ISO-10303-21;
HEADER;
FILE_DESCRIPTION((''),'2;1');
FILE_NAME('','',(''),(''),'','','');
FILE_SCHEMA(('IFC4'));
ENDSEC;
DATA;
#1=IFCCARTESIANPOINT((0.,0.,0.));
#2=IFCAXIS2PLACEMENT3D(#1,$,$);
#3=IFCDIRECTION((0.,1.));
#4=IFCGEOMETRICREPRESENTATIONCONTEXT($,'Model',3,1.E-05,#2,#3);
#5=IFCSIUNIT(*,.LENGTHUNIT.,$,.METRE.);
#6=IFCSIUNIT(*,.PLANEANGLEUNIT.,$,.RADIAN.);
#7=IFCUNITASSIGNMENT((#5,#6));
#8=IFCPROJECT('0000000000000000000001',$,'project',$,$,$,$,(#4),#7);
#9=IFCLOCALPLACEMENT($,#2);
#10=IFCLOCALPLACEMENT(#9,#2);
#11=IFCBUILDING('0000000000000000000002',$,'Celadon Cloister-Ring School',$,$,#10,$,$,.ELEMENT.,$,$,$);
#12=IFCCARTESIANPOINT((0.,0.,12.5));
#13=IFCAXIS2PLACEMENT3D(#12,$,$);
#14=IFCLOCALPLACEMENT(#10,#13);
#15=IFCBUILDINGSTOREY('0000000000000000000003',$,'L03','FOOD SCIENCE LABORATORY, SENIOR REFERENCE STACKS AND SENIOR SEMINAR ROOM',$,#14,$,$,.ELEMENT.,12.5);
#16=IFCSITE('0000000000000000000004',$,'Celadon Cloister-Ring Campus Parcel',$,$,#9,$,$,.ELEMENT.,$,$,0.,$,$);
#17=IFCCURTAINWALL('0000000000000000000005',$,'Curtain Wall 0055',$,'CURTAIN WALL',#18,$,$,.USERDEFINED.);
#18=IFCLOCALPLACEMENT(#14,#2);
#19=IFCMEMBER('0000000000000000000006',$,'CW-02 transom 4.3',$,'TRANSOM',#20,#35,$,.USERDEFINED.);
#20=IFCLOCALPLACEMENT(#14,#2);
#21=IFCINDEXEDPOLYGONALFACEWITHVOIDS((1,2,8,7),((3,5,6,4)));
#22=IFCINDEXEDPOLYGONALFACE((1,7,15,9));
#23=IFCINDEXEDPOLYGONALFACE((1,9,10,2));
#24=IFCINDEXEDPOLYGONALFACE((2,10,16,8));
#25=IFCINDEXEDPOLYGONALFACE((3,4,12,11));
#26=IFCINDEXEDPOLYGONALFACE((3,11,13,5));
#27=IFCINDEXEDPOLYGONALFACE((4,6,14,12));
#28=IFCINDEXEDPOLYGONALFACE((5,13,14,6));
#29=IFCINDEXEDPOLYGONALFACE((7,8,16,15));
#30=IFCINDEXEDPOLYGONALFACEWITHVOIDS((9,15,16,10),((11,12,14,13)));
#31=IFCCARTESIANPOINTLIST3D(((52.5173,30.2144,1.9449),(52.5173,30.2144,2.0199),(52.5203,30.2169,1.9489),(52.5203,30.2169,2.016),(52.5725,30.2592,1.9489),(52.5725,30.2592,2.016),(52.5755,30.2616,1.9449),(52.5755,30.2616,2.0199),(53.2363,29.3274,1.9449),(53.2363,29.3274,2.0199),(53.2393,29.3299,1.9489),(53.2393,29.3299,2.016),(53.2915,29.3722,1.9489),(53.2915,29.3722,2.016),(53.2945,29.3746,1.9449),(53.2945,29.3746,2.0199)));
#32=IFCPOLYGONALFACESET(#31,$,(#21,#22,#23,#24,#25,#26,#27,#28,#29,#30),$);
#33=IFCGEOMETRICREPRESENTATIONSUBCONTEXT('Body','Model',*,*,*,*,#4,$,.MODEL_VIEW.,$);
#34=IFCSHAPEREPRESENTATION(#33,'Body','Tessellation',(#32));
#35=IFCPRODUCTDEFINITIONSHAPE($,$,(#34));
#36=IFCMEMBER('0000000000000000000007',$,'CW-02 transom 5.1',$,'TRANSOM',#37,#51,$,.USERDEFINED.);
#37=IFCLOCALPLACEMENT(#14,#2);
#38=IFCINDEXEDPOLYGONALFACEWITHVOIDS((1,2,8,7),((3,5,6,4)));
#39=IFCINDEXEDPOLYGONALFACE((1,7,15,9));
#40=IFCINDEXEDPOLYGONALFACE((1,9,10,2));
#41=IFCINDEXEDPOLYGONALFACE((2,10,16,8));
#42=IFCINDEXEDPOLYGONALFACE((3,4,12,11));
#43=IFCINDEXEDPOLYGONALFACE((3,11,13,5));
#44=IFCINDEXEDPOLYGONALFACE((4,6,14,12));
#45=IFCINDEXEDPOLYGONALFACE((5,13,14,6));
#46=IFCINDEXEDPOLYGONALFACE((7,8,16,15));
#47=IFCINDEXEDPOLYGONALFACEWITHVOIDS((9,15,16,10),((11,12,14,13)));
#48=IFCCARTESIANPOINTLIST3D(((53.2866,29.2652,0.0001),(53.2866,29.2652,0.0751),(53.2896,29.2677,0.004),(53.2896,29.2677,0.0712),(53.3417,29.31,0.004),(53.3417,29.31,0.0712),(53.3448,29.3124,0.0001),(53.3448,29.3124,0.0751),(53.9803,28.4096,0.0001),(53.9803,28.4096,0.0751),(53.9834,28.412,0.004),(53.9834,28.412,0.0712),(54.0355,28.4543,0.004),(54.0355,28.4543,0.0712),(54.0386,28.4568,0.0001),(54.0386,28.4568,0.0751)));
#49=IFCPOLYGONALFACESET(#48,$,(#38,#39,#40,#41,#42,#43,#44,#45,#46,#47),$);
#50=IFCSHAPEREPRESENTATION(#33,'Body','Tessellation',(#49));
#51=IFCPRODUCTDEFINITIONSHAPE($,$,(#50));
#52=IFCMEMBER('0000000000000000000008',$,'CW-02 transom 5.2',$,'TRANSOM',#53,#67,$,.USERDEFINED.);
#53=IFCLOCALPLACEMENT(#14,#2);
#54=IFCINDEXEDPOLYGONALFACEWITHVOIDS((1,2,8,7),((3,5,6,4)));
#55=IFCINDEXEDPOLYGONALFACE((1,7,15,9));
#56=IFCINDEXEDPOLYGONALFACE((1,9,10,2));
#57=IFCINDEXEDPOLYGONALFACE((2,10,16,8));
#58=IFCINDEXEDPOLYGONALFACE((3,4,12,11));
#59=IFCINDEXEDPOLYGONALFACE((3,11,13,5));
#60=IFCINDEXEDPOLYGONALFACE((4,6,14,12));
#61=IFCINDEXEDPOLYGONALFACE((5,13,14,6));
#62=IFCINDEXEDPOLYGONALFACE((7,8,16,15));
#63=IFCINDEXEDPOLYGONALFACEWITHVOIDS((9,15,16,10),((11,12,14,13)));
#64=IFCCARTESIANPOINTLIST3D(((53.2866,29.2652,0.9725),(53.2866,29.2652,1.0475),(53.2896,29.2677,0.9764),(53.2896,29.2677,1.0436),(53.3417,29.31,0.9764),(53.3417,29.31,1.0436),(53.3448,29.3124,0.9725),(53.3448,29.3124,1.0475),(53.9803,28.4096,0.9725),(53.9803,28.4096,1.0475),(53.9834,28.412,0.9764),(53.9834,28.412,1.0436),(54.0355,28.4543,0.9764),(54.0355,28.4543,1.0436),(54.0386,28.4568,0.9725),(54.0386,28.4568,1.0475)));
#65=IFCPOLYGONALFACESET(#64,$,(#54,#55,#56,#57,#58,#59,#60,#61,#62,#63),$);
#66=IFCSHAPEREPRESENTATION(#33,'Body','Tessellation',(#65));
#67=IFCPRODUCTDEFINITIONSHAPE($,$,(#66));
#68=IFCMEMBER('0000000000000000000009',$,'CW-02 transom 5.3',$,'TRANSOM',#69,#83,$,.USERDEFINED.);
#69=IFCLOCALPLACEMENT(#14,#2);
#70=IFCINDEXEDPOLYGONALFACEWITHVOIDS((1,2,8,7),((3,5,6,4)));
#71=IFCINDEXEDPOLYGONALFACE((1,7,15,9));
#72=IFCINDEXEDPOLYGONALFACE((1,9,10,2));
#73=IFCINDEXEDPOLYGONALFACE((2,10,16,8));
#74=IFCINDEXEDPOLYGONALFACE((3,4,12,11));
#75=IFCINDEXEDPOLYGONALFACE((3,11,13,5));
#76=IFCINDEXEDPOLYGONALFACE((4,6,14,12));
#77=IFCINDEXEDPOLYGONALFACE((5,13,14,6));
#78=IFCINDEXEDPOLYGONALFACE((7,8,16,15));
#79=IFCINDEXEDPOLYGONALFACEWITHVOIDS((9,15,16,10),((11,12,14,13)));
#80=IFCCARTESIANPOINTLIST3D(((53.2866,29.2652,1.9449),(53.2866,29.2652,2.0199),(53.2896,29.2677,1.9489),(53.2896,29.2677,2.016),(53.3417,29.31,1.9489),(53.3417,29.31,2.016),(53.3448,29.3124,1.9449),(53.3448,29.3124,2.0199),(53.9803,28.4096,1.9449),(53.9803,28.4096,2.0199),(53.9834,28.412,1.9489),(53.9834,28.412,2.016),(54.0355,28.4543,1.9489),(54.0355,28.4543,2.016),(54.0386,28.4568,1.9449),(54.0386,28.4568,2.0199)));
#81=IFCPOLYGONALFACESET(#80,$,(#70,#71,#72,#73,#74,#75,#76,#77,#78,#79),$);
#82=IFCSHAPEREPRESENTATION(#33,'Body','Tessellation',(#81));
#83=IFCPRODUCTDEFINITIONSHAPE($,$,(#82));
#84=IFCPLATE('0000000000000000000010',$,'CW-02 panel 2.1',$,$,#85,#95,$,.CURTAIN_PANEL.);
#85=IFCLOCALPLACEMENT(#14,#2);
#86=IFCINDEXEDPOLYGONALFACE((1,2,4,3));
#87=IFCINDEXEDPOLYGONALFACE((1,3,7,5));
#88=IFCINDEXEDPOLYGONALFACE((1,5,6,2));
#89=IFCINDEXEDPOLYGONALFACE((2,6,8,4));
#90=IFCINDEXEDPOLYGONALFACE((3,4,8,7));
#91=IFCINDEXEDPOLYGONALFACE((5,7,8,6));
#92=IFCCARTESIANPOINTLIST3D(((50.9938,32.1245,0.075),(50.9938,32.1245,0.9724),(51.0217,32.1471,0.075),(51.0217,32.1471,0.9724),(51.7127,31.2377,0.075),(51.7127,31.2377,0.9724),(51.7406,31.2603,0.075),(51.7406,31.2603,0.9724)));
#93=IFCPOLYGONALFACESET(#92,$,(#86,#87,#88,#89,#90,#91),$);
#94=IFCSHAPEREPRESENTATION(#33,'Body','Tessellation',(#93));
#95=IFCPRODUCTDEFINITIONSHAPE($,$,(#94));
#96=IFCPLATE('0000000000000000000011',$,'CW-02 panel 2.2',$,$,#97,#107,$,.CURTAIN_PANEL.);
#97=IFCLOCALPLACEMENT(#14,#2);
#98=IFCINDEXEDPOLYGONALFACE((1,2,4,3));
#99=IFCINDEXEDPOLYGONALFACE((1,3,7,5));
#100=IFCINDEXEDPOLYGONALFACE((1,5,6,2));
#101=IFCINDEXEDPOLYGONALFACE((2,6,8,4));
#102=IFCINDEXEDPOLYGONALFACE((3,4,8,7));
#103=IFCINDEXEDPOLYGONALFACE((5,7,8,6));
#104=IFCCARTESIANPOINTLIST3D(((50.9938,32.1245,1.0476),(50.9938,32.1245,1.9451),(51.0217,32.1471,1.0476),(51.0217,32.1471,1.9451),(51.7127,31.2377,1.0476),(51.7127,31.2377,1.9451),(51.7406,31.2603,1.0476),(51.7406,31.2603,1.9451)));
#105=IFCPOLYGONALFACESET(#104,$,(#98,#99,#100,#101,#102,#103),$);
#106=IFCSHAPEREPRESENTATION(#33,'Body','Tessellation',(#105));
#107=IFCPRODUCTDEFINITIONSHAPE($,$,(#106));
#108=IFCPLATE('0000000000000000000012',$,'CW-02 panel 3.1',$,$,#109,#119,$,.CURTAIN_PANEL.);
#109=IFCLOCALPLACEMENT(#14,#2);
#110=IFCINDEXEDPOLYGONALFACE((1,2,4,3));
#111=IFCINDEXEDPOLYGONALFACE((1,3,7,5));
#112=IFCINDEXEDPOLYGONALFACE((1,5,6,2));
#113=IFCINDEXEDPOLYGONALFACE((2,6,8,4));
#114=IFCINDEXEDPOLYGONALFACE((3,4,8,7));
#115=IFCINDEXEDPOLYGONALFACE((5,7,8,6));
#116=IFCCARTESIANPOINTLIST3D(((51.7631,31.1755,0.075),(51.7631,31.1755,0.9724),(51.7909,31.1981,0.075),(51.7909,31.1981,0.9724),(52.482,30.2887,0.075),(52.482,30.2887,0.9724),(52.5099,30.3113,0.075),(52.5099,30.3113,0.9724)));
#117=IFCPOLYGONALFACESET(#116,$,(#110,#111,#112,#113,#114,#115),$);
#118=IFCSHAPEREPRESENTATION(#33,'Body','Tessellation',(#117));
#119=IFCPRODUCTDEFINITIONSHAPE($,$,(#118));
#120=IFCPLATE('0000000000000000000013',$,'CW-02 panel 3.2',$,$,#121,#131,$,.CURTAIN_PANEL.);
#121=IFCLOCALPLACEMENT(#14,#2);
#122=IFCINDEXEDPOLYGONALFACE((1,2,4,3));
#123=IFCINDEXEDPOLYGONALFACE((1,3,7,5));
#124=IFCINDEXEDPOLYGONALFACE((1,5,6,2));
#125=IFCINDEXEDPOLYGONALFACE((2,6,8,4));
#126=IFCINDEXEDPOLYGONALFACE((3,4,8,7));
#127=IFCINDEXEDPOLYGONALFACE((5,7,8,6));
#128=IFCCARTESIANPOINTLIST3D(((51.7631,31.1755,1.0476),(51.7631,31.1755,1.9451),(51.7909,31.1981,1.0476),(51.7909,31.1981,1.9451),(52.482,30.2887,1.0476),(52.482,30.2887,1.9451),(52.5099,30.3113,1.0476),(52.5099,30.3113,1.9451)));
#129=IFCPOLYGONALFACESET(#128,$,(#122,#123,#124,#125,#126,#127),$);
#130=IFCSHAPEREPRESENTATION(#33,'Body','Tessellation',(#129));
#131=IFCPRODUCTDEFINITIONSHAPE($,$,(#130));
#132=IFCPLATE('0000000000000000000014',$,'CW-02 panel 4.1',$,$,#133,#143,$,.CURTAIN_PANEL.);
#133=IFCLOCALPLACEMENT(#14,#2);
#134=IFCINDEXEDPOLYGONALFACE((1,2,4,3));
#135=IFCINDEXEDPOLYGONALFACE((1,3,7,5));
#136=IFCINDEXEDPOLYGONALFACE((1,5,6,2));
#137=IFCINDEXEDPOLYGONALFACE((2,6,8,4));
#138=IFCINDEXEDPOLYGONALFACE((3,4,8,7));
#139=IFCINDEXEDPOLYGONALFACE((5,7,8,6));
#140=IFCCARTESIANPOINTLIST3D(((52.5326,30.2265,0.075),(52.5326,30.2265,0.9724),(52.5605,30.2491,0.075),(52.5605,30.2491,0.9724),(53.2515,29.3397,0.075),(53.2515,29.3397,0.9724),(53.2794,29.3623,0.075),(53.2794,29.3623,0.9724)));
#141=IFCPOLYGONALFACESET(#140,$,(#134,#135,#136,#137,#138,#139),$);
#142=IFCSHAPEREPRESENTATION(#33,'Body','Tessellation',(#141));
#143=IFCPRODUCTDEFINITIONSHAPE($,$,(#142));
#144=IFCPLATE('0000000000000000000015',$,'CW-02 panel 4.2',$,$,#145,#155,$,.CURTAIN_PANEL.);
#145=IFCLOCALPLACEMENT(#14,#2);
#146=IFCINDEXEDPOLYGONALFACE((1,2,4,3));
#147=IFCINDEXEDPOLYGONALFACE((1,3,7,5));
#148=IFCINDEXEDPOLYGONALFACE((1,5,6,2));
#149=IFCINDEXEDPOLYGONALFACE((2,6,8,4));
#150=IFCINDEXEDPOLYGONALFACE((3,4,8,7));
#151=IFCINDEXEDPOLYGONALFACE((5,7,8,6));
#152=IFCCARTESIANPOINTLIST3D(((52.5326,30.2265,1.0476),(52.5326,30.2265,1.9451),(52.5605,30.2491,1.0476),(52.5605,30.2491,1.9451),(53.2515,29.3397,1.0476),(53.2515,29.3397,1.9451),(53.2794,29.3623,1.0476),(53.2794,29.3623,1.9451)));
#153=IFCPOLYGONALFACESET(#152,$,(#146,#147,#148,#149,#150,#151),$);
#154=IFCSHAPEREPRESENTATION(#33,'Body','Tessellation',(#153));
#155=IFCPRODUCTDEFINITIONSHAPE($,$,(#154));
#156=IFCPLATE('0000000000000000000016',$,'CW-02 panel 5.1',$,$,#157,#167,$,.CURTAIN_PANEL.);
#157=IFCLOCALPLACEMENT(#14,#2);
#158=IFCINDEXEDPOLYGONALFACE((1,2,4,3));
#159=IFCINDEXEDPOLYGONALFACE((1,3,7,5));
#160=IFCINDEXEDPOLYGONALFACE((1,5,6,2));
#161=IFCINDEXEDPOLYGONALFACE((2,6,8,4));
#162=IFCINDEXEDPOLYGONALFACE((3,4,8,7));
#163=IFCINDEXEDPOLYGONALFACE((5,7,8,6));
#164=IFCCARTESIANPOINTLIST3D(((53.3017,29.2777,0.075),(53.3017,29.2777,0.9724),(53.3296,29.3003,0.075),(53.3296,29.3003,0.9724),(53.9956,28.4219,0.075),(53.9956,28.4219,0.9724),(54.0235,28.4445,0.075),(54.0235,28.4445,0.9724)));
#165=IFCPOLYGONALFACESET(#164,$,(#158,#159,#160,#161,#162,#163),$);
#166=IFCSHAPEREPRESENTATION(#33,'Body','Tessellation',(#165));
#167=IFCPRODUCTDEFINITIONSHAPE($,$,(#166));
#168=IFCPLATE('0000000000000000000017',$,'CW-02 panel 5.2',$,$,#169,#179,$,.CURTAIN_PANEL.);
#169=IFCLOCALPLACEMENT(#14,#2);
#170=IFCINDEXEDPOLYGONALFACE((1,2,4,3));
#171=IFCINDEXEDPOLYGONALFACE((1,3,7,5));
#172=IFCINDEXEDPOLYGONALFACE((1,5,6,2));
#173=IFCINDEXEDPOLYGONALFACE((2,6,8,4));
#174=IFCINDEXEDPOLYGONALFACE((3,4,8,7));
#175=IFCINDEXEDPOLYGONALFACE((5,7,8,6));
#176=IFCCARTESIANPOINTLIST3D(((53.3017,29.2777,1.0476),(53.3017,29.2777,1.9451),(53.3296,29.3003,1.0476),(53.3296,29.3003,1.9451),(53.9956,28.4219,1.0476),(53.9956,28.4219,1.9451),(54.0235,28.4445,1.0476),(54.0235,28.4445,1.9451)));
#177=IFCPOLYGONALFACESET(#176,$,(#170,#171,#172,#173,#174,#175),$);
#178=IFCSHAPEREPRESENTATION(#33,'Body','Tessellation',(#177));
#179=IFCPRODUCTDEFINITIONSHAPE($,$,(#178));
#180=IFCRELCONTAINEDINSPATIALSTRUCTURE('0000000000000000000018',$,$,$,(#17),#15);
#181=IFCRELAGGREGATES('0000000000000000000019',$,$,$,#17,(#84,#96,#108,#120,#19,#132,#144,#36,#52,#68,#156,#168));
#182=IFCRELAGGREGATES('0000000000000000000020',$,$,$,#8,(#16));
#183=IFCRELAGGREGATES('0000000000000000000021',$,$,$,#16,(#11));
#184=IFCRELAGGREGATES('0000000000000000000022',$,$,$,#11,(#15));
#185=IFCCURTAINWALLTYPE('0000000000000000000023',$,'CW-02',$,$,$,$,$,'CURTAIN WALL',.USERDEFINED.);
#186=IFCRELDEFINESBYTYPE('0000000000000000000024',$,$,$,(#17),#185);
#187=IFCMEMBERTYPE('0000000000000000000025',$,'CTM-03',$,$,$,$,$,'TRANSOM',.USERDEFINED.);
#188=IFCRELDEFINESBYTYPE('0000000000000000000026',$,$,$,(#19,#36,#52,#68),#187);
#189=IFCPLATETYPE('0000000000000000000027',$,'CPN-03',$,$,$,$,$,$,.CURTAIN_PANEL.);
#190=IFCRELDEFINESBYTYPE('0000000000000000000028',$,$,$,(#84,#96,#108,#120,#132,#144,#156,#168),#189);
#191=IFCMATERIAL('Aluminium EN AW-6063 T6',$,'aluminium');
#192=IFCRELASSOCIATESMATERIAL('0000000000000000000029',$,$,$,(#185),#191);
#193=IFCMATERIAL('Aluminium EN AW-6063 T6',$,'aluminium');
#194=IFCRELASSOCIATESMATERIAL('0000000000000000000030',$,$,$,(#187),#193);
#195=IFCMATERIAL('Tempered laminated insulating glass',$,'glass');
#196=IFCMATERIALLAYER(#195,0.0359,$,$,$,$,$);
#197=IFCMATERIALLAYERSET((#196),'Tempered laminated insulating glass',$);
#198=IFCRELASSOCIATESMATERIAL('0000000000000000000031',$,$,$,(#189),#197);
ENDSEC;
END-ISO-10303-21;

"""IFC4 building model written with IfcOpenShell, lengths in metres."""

from ifc_helpers import new_model, si_unit, direction, frame, origin, origin_2d, place, context, subcontext, project, spatial, rectangle, hollow_rectangle, extrude, material, layer, layer_set, material_profile, profile_set, type_object, element, aggregate, save


model = new_model("IFC4")

# Units and contexts
model_context = context("Model", 3, precision=1e-05, world=origin(), true_north=direction((0.0, 1.0)))
body_context = subcontext(model_context, "Body", "Model", "MODEL_VIEW")
ifc_project = project(units=[si_unit("LENGTHUNIT", "METRE"), si_unit("PLANEANGLEUNIT", "RADIAN")], contexts=[model_context])

# Site, building, storey
site_placement = place(None, origin())
site = spatial("IfcSite", under=ifc_project, at=site_placement, Name="Celadon Cloister-Ring Campus Parcel", CompositionType="ELEMENT", RefElevation=0.0)
building_placement = place(site_placement, origin())
building = spatial("IfcBuilding", under=site, at=building_placement, Name="Celadon Cloister-Ring School", CompositionType="ELEMENT")
storey_placement = place(building_placement, frame((0.0, 0.0, 12.5)))
storey = spatial("IfcBuildingStorey", under=building, at=storey_placement, Name="L03", Description="FOOD SCIENCE LABORATORY, SENIOR REFERENCE STACKS AND SENIOR SEMINAR ROOM", CompositionType="ELEMENT", Elevation=12.5)

# Curtain wall, members, plates
ifc_material_1 = material(Name="Aluminium EN AW-6063 T6", Category="aluminium")
curtain_wall_type = type_object("IfcCurtainWallType", Name="CW-02", ElementType="CURTAIN WALL", PredefinedType="USERDEFINED", material=ifc_material_1)
curtain_wall_placement = place(storey_placement, origin())
curtain_wall = element("IfcCurtainWall", 1, at=curtain_wall_placement, inside=storey, type_object=curtain_wall_type, Name="Curtain Wall 0055", ObjectType="CURTAIN WALL", PredefinedType="USERDEFINED")
ifc_material_2 = material(Name="Aluminium EN AW-6063 T6", Category="aluminium")
ifc_material_profile_1 = material_profile(ifc_material_2, hollow_rectangle(XDim=0.075, YDim=0.075, WallThickness=0.0039, at=origin_2d()), Name="RHS75X75X4")
ifc_profile_set_1 = profile_set([ifc_material_profile_1], Name="Aluminium EN AW-6063 T6")
member_type_1 = type_object("IfcMemberType", Name="CTM-03", ElementType="TRANSOM", PredefinedType="USERDEFINED", material=ifc_profile_set_1)
member_1_placement = place(storey_placement, frame((52.5464, 30.238, 1.9824), z_axis=(0.629715, -0.776826, 0.0), x_axis=(0.776826, 0.629715, 0.0)))
member_1 = element("IfcMember", 2, at=member_1_placement, type_object=member_type_1, Name="CW-02 transom 4.3", ObjectType="TRANSOM", PredefinedType="USERDEFINED", context=body_context, shape_type="SweptSolid", body=[
    extrude(hollow_rectangle(XDim=0.075, YDim=0.075, WallThickness=0.0039, at=origin_2d()), origin(), (0.0, 0.0, 1.0), 1.1418),
])
member_2_placement = place(storey_placement, frame((53.3157, 29.2888, 0.0376), z_axis=(0.629816, -0.776744, 0.0), x_axis=(0.776744, 0.629816, 0.0)))
member_2 = element("IfcMember", 3, at=member_2_placement, type_object=member_type_1, Name="CW-02 transom 5.1", ObjectType="TRANSOM", PredefinedType="USERDEFINED", context=body_context, shape_type="SweptSolid", body=[
    extrude(hollow_rectangle(XDim=0.075, YDim=0.075, WallThickness=0.0039, at=origin_2d()), origin(), (0.0, 0.0, 1.0), 1.1016),
])
member_3_placement = place(storey_placement, frame((53.3157, 29.2888, 1.01), z_axis=(0.629816, -0.776744, 0.0), x_axis=(0.776744, 0.629816, 0.0)))
member_3 = element("IfcMember", 4, at=member_3_placement, type_object=member_type_1, Name="CW-02 transom 5.2", ObjectType="TRANSOM", PredefinedType="USERDEFINED", context=body_context, shape_type="SweptSolid", body=[
    extrude(hollow_rectangle(XDim=0.075, YDim=0.075, WallThickness=0.0039, at=origin_2d()), origin(), (0.0, 0.0, 1.0), 1.1016),
])
member_4_placement = place(storey_placement, frame((53.3157, 29.2888, 1.9824), z_axis=(0.629816, -0.776744, 0.0), x_axis=(0.776744, 0.629816, 0.0)))
member_4 = element("IfcMember", 5, at=member_4_placement, type_object=member_type_1, Name="CW-02 transom 5.3", ObjectType="TRANSOM", PredefinedType="USERDEFINED", context=body_context, shape_type="SweptSolid", body=[
    extrude(hollow_rectangle(XDim=0.075, YDim=0.075, WallThickness=0.0039, at=origin_2d()), origin(), (0.0, 0.0, 1.0), 1.1016),
])
ifc_material_3 = material(Name="Tempered laminated insulating glass", Category="glass")
ifc_layer_1 = layer(ifc_material_3, 0.0359)
ifc_layer_set_1 = layer_set([ifc_layer_1], Name="Tempered laminated insulating glass")
plate_type = type_object("IfcPlateType", Name="CPN-03", PredefinedType="CURTAIN_PANEL", material=ifc_layer_set_1)
plate_1_placement = place(storey_placement, frame((51.3672, 31.6924, 0.075), z_axis=(0.0, 0.0, 1.0), x_axis=(0.629773, -0.77678, 0.0)))
plate_1 = element("IfcPlate", 6, at=plate_1_placement, type_object=plate_type, Name="CW-02 panel 2.1", PredefinedType="CURTAIN_PANEL", context=body_context, shape_type="SweptSolid", body=[
    extrude(rectangle(XDim=1.1416, YDim=0.0359, at=origin_2d()), origin(), (0.0, 0.0, 1.0), 0.8975),
])
plate_2_placement = place(storey_placement, frame((51.3672, 31.6924, 1.0476), z_axis=(0.0, 0.0, 1.0), x_axis=(0.629773, -0.77678, 0.0)))
plate_2 = element("IfcPlate", 7, at=plate_2_placement, type_object=plate_type, Name="CW-02 panel 2.2", PredefinedType="CURTAIN_PANEL", context=body_context, shape_type="SweptSolid", body=[
    extrude(rectangle(XDim=1.1416, YDim=0.0359, at=origin_2d()), origin(), (0.0, 0.0, 1.0), 0.8975),
])
plate_3_placement = place(storey_placement, frame((52.1365, 30.7434, 0.075), z_axis=(0.0, 0.0, 1.0), x_axis=(0.629773, -0.77678, 0.0)))
plate_3 = element("IfcPlate", 8, at=plate_3_placement, type_object=plate_type, Name="CW-02 panel 3.1", PredefinedType="CURTAIN_PANEL", context=body_context, shape_type="SweptSolid", body=[
    extrude(rectangle(XDim=1.1416, YDim=0.0359, at=origin_2d()), origin(), (0.0, 0.0, 1.0), 0.8975),
])
plate_4_placement = place(storey_placement, frame((52.1365, 30.7434, 1.0476), z_axis=(0.0, 0.0, 1.0), x_axis=(0.629773, -0.77678, 0.0)))
plate_4 = element("IfcPlate", 9, at=plate_4_placement, type_object=plate_type, Name="CW-02 panel 3.2", PredefinedType="CURTAIN_PANEL", context=body_context, shape_type="SweptSolid", body=[
    extrude(rectangle(XDim=1.1416, YDim=0.0359, at=origin_2d()), origin(), (0.0, 0.0, 1.0), 0.8975),
])
plate_5_placement = place(storey_placement, frame((52.906, 29.7944, 0.075), z_axis=(0.0, 0.0, 1.0), x_axis=(0.629773, -0.77678, 0.0)))
plate_5 = element("IfcPlate", 10, at=plate_5_placement, type_object=plate_type, Name="CW-02 panel 4.1", PredefinedType="CURTAIN_PANEL", context=body_context, shape_type="SweptSolid", body=[
    extrude(rectangle(XDim=1.1416, YDim=0.0359, at=origin_2d()), origin(), (0.0, 0.0, 1.0), 0.8975),
])
plate_6_placement = place(storey_placement, frame((52.906, 29.7944, 1.0476), z_axis=(0.0, 0.0, 1.0), x_axis=(0.629773, -0.77678, 0.0)))
plate_6 = element("IfcPlate", 11, at=plate_6_placement, type_object=plate_type, Name="CW-02 panel 4.2", PredefinedType="CURTAIN_PANEL", context=body_context, shape_type="SweptSolid", body=[
    extrude(rectangle(XDim=1.1416, YDim=0.0359, at=origin_2d()), origin(), (0.0, 0.0, 1.0), 0.8975),
])
plate_7_placement = place(storey_placement, frame((53.6626, 28.8611, 0.075), z_axis=(0.0, 0.0, 1.0), x_axis=(0.629773, -0.77678, 0.0)))
plate_7 = element("IfcPlate", 12, at=plate_7_placement, type_object=plate_type, Name="CW-02 panel 5.1", PredefinedType="CURTAIN_PANEL", context=body_context, shape_type="SweptSolid", body=[
    extrude(rectangle(XDim=1.1018, YDim=0.0359, at=origin_2d()), origin(), (0.0, 0.0, 1.0), 0.8975),
])
plate_8_placement = place(storey_placement, frame((53.6626, 28.8611, 1.0476), z_axis=(0.0, 0.0, 1.0), x_axis=(0.629773, -0.77678, 0.0)))
plate_8 = element("IfcPlate", 13, at=plate_8_placement, type_object=plate_type, Name="CW-02 panel 5.2", PredefinedType="CURTAIN_PANEL", context=body_context, shape_type="SweptSolid", body=[
    extrude(rectangle(XDim=1.1018, YDim=0.0359, at=origin_2d()), origin(), (0.0, 0.0, 1.0), 0.8975),
])
aggregate(curtain_wall, [plate_1, plate_2, plate_3, plate_4, member_1, plate_5, plate_6, member_2, member_3, member_4, plate_7, plate_8])

save(model, "model.ifc")
